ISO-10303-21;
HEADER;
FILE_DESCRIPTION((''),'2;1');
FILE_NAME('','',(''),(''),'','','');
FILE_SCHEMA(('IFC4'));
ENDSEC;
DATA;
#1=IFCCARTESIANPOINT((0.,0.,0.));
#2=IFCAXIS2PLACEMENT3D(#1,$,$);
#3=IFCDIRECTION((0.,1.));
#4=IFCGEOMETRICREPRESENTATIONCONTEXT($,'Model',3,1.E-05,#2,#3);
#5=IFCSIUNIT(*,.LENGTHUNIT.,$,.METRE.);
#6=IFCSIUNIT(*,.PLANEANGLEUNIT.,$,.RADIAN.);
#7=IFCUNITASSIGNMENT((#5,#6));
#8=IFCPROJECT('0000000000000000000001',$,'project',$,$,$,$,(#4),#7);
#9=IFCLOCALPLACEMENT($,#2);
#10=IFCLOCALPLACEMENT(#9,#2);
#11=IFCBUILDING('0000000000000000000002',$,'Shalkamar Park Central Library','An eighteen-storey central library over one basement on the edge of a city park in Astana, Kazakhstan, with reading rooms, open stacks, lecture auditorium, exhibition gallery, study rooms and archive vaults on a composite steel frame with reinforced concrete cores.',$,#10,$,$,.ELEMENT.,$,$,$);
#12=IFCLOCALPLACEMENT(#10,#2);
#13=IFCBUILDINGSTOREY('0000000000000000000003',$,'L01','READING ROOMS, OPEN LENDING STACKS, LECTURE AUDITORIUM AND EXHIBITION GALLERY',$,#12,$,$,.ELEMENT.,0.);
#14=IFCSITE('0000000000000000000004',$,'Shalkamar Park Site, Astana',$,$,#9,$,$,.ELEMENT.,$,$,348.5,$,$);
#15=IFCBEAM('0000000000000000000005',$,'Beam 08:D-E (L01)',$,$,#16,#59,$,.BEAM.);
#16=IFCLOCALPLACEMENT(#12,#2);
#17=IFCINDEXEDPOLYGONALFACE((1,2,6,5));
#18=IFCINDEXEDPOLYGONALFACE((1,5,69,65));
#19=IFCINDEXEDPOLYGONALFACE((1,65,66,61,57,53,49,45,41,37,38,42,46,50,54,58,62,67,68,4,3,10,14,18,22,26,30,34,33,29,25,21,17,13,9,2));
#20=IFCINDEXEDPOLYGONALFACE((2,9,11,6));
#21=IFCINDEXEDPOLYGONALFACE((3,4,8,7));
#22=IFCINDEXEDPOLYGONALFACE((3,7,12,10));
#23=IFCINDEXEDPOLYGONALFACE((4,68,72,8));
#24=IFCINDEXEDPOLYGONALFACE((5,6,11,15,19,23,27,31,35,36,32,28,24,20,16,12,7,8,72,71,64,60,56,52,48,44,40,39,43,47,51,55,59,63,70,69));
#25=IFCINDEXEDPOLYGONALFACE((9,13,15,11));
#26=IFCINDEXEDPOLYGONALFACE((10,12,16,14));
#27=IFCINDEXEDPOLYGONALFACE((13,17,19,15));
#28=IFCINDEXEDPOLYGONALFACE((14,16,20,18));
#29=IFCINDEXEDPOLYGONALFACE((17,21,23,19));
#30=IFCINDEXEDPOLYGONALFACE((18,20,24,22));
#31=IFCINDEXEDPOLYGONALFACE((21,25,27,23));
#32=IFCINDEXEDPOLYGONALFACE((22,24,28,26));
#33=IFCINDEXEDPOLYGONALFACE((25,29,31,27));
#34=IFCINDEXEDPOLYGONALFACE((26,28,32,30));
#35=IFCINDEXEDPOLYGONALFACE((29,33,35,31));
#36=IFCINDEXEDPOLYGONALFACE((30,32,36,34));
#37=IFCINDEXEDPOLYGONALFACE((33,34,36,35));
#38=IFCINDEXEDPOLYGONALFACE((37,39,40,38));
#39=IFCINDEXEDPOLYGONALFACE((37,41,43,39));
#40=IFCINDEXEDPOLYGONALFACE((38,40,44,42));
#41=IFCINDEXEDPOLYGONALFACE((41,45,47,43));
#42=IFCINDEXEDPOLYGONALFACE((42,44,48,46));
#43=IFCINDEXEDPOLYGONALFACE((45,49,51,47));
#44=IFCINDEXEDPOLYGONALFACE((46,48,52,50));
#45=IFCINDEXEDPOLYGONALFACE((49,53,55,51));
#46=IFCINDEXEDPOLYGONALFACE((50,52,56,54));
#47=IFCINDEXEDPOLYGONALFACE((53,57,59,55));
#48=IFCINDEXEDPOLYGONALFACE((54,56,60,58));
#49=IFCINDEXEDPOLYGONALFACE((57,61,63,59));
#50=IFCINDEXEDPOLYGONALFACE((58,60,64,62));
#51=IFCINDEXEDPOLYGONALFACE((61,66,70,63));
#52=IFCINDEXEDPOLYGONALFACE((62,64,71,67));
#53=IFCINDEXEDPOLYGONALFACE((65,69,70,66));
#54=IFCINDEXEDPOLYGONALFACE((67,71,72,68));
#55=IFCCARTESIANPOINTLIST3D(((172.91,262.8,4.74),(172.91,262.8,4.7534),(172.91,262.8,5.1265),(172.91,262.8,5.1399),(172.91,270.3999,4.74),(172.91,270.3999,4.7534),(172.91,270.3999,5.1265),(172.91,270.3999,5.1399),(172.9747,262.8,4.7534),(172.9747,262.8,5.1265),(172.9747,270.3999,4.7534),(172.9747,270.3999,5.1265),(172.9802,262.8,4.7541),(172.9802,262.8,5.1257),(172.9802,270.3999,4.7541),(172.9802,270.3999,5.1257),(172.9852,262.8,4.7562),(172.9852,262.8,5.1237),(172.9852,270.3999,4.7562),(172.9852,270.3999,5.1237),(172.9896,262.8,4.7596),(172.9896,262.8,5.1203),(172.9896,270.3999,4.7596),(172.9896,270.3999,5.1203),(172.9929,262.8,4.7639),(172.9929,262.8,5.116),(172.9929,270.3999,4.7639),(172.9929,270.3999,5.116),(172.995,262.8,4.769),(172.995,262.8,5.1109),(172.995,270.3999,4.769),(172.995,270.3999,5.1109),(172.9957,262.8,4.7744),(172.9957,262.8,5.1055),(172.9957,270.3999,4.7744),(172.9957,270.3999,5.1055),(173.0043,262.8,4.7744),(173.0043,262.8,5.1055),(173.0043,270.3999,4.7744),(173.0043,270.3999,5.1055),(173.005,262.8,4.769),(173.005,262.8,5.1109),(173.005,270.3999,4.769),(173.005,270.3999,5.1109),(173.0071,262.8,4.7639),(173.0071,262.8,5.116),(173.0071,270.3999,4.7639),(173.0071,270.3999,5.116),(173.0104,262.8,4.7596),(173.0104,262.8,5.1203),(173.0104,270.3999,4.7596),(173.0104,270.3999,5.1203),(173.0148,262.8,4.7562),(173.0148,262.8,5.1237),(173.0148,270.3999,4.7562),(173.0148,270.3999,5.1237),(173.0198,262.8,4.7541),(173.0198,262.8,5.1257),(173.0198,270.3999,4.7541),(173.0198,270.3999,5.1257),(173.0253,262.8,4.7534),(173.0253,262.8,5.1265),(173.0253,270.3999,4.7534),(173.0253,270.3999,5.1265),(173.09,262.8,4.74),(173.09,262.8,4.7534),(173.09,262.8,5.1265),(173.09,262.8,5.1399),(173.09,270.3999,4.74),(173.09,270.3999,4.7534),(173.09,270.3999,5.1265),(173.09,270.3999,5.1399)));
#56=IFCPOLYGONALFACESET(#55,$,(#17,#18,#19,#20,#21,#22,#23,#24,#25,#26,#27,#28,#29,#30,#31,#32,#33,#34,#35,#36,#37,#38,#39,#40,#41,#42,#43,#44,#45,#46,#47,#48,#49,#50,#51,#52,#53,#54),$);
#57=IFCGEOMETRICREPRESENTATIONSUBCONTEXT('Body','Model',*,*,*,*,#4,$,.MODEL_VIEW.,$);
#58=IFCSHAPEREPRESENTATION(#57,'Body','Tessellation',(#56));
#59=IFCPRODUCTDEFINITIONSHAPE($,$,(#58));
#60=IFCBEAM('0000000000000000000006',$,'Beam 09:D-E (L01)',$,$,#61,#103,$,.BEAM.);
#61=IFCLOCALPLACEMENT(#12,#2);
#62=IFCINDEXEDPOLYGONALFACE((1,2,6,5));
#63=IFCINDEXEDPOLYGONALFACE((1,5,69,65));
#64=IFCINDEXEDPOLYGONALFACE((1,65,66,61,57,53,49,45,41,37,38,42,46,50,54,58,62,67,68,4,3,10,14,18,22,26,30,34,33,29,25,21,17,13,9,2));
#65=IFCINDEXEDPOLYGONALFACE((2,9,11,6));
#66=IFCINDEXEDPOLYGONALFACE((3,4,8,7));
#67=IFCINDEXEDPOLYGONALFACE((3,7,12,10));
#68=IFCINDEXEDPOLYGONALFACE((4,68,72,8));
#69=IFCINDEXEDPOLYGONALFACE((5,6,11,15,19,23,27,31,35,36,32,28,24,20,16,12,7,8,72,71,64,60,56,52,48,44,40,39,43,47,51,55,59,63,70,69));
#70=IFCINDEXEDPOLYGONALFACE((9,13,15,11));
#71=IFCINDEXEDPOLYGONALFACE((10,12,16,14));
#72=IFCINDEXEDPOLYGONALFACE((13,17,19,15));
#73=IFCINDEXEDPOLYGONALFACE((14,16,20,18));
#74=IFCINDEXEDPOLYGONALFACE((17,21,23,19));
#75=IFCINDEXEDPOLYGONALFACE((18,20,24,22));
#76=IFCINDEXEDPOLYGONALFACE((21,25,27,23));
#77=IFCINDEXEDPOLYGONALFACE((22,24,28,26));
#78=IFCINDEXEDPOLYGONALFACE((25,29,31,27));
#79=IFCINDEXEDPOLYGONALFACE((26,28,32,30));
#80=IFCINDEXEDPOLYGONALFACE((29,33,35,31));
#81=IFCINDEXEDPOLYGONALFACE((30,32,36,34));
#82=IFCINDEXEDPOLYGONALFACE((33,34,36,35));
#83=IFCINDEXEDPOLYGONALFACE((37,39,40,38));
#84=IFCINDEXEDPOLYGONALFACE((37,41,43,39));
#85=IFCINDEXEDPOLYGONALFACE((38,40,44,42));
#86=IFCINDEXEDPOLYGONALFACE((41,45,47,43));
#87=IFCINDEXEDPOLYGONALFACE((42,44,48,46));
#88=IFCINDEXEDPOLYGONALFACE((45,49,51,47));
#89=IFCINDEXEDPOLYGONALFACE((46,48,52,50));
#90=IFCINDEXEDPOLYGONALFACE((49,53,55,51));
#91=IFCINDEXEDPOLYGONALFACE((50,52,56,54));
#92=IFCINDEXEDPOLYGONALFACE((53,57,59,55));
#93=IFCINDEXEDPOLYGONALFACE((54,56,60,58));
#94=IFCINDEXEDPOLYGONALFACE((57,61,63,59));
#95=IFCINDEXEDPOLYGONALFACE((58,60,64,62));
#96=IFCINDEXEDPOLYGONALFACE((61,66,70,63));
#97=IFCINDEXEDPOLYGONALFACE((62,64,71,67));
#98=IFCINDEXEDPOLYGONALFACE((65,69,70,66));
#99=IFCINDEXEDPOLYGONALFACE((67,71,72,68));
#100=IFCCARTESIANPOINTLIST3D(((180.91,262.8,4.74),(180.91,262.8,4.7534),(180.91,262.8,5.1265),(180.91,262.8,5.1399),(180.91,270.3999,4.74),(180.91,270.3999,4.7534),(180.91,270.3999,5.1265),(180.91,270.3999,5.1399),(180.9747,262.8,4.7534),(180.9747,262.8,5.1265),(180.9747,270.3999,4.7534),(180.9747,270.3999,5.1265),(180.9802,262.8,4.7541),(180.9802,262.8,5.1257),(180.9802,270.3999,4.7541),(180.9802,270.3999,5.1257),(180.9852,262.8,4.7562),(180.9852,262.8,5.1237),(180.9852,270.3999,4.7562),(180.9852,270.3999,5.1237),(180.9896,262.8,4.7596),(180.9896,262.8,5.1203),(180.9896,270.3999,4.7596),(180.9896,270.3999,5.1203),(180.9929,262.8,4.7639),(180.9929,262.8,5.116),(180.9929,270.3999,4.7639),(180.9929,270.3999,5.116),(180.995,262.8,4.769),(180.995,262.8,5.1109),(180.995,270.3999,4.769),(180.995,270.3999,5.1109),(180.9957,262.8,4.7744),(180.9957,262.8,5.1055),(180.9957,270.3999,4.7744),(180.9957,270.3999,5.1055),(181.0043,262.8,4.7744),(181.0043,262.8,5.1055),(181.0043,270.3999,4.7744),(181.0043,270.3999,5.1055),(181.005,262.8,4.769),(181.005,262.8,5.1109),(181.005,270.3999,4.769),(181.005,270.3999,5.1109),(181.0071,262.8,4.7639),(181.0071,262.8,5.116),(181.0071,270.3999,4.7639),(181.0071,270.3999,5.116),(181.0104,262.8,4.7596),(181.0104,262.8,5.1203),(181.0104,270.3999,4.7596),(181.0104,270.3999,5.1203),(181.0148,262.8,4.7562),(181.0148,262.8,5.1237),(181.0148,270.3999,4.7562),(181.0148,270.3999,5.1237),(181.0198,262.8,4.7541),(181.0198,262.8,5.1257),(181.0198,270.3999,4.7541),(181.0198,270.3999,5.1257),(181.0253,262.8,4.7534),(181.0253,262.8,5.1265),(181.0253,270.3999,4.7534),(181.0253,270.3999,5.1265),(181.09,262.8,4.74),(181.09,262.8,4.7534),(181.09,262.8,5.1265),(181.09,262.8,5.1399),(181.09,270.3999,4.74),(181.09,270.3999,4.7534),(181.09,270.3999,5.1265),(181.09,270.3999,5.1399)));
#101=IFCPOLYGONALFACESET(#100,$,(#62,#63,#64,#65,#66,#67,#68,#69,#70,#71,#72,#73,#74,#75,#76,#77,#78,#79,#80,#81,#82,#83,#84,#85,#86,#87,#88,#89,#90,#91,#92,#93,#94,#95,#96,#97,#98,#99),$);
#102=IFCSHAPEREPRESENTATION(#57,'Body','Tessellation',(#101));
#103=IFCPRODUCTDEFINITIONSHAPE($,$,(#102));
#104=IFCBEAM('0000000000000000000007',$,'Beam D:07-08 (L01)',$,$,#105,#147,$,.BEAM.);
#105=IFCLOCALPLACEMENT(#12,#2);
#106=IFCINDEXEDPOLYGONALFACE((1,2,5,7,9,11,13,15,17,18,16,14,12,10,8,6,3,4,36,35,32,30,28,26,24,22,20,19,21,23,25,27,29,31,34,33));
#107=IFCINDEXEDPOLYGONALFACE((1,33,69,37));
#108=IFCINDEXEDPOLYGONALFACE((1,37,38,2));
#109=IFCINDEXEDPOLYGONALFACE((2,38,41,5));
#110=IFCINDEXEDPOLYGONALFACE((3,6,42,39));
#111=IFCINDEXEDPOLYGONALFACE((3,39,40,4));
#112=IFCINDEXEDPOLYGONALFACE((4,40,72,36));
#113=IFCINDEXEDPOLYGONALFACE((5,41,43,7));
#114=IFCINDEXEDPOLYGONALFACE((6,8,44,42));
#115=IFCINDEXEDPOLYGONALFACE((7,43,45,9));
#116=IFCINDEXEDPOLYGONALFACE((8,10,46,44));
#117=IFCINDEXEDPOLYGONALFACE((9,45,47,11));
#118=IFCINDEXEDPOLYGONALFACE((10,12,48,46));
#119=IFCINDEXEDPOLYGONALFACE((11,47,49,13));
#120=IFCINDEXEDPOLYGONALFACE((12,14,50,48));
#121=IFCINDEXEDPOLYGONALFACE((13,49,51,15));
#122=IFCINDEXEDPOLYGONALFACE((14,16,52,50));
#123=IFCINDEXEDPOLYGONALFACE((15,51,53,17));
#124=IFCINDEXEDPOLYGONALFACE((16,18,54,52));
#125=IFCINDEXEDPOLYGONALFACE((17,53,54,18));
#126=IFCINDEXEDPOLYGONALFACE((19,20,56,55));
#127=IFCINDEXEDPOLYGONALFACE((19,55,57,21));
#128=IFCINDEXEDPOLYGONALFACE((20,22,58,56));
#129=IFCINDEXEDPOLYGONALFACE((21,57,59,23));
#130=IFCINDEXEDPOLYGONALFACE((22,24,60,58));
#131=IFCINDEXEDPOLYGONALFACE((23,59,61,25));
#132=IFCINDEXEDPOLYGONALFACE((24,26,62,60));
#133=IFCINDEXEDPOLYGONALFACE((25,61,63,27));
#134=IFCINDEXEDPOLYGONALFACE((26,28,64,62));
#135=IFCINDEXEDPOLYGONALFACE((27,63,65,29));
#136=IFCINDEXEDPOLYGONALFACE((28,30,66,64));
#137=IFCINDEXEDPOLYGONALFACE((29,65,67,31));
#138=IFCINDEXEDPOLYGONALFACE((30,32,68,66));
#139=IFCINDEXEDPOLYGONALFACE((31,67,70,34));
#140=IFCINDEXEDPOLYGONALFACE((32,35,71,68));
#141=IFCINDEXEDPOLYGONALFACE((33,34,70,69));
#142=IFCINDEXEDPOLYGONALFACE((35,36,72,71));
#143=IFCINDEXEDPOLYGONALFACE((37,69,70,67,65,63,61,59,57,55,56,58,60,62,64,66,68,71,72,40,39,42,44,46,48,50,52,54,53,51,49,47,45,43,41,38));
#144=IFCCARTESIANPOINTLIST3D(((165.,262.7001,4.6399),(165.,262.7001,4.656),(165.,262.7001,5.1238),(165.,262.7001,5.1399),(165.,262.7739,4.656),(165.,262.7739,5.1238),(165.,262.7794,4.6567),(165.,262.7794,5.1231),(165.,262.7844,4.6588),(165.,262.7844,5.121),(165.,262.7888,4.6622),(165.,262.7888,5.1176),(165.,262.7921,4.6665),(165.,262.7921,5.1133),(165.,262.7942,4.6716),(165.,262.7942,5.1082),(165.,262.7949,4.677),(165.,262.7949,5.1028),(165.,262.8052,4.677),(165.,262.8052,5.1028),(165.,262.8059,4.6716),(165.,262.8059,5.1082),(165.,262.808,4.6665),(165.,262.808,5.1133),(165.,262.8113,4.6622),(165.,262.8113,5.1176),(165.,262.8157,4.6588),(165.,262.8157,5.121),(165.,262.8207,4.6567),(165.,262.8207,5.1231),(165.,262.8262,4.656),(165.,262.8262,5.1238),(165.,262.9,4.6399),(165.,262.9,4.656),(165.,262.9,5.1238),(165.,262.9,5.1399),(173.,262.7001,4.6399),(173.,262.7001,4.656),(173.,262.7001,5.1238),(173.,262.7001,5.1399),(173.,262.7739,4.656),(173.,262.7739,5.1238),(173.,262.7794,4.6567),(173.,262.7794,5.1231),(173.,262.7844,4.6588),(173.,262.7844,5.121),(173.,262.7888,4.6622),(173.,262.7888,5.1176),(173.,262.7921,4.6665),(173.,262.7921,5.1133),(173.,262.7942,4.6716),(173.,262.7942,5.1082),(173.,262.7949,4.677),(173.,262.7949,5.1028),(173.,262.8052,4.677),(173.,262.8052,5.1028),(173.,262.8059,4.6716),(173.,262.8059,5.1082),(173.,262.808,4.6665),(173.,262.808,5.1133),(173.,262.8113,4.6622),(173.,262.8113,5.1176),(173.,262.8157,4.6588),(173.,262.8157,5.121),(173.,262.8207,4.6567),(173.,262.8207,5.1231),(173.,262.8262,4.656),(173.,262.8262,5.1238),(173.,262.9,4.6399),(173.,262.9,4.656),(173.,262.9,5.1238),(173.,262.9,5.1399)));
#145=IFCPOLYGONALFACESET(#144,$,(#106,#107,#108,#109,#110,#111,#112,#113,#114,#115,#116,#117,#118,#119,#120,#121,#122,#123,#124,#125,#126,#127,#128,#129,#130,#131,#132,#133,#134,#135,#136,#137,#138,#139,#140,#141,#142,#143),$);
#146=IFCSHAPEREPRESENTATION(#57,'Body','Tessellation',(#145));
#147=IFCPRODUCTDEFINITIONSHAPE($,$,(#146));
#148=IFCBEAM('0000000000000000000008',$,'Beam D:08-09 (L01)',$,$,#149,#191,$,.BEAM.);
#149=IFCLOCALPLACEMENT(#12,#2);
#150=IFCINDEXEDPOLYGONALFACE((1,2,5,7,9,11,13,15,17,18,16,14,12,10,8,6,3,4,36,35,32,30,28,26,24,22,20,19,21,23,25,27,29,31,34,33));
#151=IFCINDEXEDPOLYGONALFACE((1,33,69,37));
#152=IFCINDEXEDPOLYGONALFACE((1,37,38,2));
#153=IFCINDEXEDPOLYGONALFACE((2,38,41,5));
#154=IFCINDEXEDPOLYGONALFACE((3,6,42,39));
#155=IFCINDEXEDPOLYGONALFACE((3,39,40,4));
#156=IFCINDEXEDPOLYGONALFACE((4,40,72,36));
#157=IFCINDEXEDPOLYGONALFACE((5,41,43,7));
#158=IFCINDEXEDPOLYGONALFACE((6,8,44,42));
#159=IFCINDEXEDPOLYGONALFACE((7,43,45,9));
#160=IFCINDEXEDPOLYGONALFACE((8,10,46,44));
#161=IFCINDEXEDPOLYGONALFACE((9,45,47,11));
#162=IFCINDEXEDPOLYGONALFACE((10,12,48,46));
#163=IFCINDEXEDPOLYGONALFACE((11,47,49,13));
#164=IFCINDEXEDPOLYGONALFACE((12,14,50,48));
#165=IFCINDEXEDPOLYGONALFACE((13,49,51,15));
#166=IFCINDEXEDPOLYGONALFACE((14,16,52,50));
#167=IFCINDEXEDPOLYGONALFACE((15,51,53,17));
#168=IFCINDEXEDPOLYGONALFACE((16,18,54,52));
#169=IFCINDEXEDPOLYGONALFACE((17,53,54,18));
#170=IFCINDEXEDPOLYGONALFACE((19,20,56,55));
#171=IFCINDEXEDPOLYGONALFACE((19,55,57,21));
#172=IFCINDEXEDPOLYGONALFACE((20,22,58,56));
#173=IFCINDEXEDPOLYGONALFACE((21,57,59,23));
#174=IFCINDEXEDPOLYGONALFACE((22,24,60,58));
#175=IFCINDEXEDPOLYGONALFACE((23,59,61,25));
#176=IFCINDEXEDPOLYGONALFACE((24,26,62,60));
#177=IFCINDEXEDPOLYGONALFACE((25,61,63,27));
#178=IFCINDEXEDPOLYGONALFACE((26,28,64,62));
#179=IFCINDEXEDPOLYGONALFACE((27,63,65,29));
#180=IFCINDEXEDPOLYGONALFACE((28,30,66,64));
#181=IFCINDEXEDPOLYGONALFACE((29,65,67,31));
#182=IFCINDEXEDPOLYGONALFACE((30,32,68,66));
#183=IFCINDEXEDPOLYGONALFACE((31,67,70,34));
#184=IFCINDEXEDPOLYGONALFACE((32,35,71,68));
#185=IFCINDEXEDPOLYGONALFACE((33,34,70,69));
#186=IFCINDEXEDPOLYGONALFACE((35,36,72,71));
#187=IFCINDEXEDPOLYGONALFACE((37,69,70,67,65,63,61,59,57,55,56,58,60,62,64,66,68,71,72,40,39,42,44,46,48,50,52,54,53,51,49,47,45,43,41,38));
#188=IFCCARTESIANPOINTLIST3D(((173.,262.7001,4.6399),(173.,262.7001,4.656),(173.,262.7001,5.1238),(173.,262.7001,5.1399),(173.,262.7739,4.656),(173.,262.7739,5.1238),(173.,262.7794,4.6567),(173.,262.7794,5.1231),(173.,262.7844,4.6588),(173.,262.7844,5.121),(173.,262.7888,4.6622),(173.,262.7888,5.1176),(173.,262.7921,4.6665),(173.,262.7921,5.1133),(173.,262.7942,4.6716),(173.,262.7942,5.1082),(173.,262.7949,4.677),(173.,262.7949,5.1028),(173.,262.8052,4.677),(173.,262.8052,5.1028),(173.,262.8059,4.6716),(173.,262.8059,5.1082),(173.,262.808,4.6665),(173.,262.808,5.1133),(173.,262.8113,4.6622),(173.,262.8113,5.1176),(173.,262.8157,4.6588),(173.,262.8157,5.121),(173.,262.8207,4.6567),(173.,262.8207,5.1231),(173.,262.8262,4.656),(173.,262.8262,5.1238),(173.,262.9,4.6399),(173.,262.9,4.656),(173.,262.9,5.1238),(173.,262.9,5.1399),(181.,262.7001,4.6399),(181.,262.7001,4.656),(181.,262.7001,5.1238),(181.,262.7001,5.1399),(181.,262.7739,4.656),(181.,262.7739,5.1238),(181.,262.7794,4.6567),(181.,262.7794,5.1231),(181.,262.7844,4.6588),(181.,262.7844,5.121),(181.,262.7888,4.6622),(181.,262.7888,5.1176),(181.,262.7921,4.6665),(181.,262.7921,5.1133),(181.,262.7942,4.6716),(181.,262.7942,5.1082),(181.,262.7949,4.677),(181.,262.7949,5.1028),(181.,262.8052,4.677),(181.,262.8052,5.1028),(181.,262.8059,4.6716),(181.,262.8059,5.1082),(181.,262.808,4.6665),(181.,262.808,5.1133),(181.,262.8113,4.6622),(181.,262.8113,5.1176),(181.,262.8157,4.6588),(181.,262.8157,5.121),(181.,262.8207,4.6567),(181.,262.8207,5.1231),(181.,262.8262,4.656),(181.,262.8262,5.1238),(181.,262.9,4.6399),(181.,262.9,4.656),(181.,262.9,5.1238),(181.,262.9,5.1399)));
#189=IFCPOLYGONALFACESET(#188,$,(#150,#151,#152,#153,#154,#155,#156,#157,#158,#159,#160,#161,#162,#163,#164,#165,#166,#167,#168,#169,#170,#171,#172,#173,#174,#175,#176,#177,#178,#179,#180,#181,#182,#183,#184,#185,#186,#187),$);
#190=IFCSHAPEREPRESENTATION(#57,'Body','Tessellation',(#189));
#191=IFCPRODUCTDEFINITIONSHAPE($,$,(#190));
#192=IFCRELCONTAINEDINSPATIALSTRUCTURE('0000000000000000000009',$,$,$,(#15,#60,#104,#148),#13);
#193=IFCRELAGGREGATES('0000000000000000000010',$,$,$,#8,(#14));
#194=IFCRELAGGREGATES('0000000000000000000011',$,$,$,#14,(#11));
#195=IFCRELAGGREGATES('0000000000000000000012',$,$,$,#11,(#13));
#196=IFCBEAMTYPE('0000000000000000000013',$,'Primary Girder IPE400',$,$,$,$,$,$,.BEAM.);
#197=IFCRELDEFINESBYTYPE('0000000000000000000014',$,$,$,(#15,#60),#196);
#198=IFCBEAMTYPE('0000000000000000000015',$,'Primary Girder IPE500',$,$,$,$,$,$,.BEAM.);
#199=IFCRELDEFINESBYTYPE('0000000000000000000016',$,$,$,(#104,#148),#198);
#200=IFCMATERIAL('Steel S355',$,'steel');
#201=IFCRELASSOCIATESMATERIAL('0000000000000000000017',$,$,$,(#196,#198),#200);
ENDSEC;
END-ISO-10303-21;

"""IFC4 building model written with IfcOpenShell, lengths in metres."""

from ifc_helpers import new_model, si_unit, direction, frame, origin, origin_2d, place, context, subcontext, project, spatial, i_section, extrude, material, material_profile, profile_set, type_object, element, save


model = new_model("IFC4")

# Units and contexts
model_context = context("Model", 3, precision=1e-05, world=origin(), true_north=direction((0.0, 1.0)))
body_context = subcontext(model_context, "Body", "Model", "MODEL_VIEW")
ifc_project = project(units=[si_unit("LENGTHUNIT", "METRE"), si_unit("PLANEANGLEUNIT", "RADIAN")], contexts=[model_context])

# Site, building, storey
site_placement = place(None, origin())
site = spatial("IfcSite", under=ifc_project, at=site_placement, Name="Shalkamar Park Site, Astana", CompositionType="ELEMENT", RefElevation=348.5)
building_placement = place(site_placement, origin())
building = spatial("IfcBuilding", under=site, at=building_placement, Name="Shalkamar Park Central Library", Description="An eighteen-storey central library over one basement on the edge of a city park in Astana, Kazakhstan, with reading rooms, open stacks, lecture auditorium, exhibition gallery, study rooms and archive vaults on a composite steel frame with reinforced concrete cores.", CompositionType="ELEMENT")
storey_placement = place(building_placement, origin())
storey = spatial("IfcBuildingStorey", under=building, at=storey_placement, Name="L01", Description="READING ROOMS, OPEN LENDING STACKS, LECTURE AUDITORIUM AND EXHIBITION GALLERY", CompositionType="ELEMENT", Elevation=0.0)

# Shared definitions
ifc_material_1 = material(Name="Steel S355", Category="steel")

# Beams
ifc_material_profile_1 = material_profile(ifc_material_1, i_section(OverallWidth=0.1799, OverallDepth=0.3999, WebThickness=0.0085, FlangeThickness=0.0134, FilletRadius=0.021, at=origin_2d()), Name="IPE 400")
ifc_profile_set_1 = profile_set([ifc_material_profile_1], Name="Steel S355")
beam_type_1 = type_object("IfcBeamType", Name="Primary Girder IPE400", PredefinedType="BEAM", material=ifc_profile_set_1)
for number, where, z_axis, x_axis, name in (
    (1, (173.0, 262.8, 4.9399), (0.0, 1.0, 0.0), (-1.0, 0.0, 0.0), "Beam 08:D-E (L01)"),
    (2, (181.0, 262.8, 4.9399), (0.0, 1.0, 0.0), (-1.0, 0.0, 0.0), "Beam 09:D-E (L01)"),
):
    element("IfcBeam", number, at=place(storey_placement, frame(where, z_axis=z_axis, x_axis=x_axis)), inside=storey, type_object=beam_type_1, Name=name, PredefinedType="BEAM", context=body_context, shape_type="SweptSolid", body=[
        extrude(i_section(OverallWidth=0.1799, OverallDepth=0.3999, WebThickness=0.0085, FlangeThickness=0.0134, FilletRadius=0.021, at=origin_2d()), origin(), (0.0, 0.0, 1.0), 7.5999),
    ])
ifc_material_profile_2 = material_profile(ifc_material_1, i_section(OverallWidth=0.2, OverallDepth=0.5, WebThickness=0.0103, FlangeThickness=0.0161, FilletRadius=0.021, at=origin_2d()), Name="IPE 500")
ifc_profile_set_2 = profile_set([ifc_material_profile_2], Name="Steel S355")
beam_type_2 = type_object("IfcBeamType", Name="Primary Girder IPE500", PredefinedType="BEAM", material=ifc_profile_set_2)
for number, where, z_axis, x_axis, name in (
    (3, (165.0, 262.8, 4.8899), (1.0, 0.0, 0.0), (0.0, 1.0, 0.0), "Beam D:07-08 (L01)"),
    (4, (173.0, 262.8, 4.8899), (1.0, 0.0, 0.0), (0.0, 1.0, 0.0), "Beam D:08-09 (L01)"),
):
    element("IfcBeam", number, at=place(storey_placement, frame(where, z_axis=z_axis, x_axis=x_axis)), inside=storey, type_object=beam_type_2, Name=name, PredefinedType="BEAM", context=body_context, shape_type="SweptSolid", body=[
        extrude(i_section(OverallWidth=0.2, OverallDepth=0.5, WebThickness=0.0103, FlangeThickness=0.0161, FilletRadius=0.021, at=origin_2d()), origin(), (0.0, 0.0, 1.0), 8.0),
    ])

save(model, "model.ifc")
